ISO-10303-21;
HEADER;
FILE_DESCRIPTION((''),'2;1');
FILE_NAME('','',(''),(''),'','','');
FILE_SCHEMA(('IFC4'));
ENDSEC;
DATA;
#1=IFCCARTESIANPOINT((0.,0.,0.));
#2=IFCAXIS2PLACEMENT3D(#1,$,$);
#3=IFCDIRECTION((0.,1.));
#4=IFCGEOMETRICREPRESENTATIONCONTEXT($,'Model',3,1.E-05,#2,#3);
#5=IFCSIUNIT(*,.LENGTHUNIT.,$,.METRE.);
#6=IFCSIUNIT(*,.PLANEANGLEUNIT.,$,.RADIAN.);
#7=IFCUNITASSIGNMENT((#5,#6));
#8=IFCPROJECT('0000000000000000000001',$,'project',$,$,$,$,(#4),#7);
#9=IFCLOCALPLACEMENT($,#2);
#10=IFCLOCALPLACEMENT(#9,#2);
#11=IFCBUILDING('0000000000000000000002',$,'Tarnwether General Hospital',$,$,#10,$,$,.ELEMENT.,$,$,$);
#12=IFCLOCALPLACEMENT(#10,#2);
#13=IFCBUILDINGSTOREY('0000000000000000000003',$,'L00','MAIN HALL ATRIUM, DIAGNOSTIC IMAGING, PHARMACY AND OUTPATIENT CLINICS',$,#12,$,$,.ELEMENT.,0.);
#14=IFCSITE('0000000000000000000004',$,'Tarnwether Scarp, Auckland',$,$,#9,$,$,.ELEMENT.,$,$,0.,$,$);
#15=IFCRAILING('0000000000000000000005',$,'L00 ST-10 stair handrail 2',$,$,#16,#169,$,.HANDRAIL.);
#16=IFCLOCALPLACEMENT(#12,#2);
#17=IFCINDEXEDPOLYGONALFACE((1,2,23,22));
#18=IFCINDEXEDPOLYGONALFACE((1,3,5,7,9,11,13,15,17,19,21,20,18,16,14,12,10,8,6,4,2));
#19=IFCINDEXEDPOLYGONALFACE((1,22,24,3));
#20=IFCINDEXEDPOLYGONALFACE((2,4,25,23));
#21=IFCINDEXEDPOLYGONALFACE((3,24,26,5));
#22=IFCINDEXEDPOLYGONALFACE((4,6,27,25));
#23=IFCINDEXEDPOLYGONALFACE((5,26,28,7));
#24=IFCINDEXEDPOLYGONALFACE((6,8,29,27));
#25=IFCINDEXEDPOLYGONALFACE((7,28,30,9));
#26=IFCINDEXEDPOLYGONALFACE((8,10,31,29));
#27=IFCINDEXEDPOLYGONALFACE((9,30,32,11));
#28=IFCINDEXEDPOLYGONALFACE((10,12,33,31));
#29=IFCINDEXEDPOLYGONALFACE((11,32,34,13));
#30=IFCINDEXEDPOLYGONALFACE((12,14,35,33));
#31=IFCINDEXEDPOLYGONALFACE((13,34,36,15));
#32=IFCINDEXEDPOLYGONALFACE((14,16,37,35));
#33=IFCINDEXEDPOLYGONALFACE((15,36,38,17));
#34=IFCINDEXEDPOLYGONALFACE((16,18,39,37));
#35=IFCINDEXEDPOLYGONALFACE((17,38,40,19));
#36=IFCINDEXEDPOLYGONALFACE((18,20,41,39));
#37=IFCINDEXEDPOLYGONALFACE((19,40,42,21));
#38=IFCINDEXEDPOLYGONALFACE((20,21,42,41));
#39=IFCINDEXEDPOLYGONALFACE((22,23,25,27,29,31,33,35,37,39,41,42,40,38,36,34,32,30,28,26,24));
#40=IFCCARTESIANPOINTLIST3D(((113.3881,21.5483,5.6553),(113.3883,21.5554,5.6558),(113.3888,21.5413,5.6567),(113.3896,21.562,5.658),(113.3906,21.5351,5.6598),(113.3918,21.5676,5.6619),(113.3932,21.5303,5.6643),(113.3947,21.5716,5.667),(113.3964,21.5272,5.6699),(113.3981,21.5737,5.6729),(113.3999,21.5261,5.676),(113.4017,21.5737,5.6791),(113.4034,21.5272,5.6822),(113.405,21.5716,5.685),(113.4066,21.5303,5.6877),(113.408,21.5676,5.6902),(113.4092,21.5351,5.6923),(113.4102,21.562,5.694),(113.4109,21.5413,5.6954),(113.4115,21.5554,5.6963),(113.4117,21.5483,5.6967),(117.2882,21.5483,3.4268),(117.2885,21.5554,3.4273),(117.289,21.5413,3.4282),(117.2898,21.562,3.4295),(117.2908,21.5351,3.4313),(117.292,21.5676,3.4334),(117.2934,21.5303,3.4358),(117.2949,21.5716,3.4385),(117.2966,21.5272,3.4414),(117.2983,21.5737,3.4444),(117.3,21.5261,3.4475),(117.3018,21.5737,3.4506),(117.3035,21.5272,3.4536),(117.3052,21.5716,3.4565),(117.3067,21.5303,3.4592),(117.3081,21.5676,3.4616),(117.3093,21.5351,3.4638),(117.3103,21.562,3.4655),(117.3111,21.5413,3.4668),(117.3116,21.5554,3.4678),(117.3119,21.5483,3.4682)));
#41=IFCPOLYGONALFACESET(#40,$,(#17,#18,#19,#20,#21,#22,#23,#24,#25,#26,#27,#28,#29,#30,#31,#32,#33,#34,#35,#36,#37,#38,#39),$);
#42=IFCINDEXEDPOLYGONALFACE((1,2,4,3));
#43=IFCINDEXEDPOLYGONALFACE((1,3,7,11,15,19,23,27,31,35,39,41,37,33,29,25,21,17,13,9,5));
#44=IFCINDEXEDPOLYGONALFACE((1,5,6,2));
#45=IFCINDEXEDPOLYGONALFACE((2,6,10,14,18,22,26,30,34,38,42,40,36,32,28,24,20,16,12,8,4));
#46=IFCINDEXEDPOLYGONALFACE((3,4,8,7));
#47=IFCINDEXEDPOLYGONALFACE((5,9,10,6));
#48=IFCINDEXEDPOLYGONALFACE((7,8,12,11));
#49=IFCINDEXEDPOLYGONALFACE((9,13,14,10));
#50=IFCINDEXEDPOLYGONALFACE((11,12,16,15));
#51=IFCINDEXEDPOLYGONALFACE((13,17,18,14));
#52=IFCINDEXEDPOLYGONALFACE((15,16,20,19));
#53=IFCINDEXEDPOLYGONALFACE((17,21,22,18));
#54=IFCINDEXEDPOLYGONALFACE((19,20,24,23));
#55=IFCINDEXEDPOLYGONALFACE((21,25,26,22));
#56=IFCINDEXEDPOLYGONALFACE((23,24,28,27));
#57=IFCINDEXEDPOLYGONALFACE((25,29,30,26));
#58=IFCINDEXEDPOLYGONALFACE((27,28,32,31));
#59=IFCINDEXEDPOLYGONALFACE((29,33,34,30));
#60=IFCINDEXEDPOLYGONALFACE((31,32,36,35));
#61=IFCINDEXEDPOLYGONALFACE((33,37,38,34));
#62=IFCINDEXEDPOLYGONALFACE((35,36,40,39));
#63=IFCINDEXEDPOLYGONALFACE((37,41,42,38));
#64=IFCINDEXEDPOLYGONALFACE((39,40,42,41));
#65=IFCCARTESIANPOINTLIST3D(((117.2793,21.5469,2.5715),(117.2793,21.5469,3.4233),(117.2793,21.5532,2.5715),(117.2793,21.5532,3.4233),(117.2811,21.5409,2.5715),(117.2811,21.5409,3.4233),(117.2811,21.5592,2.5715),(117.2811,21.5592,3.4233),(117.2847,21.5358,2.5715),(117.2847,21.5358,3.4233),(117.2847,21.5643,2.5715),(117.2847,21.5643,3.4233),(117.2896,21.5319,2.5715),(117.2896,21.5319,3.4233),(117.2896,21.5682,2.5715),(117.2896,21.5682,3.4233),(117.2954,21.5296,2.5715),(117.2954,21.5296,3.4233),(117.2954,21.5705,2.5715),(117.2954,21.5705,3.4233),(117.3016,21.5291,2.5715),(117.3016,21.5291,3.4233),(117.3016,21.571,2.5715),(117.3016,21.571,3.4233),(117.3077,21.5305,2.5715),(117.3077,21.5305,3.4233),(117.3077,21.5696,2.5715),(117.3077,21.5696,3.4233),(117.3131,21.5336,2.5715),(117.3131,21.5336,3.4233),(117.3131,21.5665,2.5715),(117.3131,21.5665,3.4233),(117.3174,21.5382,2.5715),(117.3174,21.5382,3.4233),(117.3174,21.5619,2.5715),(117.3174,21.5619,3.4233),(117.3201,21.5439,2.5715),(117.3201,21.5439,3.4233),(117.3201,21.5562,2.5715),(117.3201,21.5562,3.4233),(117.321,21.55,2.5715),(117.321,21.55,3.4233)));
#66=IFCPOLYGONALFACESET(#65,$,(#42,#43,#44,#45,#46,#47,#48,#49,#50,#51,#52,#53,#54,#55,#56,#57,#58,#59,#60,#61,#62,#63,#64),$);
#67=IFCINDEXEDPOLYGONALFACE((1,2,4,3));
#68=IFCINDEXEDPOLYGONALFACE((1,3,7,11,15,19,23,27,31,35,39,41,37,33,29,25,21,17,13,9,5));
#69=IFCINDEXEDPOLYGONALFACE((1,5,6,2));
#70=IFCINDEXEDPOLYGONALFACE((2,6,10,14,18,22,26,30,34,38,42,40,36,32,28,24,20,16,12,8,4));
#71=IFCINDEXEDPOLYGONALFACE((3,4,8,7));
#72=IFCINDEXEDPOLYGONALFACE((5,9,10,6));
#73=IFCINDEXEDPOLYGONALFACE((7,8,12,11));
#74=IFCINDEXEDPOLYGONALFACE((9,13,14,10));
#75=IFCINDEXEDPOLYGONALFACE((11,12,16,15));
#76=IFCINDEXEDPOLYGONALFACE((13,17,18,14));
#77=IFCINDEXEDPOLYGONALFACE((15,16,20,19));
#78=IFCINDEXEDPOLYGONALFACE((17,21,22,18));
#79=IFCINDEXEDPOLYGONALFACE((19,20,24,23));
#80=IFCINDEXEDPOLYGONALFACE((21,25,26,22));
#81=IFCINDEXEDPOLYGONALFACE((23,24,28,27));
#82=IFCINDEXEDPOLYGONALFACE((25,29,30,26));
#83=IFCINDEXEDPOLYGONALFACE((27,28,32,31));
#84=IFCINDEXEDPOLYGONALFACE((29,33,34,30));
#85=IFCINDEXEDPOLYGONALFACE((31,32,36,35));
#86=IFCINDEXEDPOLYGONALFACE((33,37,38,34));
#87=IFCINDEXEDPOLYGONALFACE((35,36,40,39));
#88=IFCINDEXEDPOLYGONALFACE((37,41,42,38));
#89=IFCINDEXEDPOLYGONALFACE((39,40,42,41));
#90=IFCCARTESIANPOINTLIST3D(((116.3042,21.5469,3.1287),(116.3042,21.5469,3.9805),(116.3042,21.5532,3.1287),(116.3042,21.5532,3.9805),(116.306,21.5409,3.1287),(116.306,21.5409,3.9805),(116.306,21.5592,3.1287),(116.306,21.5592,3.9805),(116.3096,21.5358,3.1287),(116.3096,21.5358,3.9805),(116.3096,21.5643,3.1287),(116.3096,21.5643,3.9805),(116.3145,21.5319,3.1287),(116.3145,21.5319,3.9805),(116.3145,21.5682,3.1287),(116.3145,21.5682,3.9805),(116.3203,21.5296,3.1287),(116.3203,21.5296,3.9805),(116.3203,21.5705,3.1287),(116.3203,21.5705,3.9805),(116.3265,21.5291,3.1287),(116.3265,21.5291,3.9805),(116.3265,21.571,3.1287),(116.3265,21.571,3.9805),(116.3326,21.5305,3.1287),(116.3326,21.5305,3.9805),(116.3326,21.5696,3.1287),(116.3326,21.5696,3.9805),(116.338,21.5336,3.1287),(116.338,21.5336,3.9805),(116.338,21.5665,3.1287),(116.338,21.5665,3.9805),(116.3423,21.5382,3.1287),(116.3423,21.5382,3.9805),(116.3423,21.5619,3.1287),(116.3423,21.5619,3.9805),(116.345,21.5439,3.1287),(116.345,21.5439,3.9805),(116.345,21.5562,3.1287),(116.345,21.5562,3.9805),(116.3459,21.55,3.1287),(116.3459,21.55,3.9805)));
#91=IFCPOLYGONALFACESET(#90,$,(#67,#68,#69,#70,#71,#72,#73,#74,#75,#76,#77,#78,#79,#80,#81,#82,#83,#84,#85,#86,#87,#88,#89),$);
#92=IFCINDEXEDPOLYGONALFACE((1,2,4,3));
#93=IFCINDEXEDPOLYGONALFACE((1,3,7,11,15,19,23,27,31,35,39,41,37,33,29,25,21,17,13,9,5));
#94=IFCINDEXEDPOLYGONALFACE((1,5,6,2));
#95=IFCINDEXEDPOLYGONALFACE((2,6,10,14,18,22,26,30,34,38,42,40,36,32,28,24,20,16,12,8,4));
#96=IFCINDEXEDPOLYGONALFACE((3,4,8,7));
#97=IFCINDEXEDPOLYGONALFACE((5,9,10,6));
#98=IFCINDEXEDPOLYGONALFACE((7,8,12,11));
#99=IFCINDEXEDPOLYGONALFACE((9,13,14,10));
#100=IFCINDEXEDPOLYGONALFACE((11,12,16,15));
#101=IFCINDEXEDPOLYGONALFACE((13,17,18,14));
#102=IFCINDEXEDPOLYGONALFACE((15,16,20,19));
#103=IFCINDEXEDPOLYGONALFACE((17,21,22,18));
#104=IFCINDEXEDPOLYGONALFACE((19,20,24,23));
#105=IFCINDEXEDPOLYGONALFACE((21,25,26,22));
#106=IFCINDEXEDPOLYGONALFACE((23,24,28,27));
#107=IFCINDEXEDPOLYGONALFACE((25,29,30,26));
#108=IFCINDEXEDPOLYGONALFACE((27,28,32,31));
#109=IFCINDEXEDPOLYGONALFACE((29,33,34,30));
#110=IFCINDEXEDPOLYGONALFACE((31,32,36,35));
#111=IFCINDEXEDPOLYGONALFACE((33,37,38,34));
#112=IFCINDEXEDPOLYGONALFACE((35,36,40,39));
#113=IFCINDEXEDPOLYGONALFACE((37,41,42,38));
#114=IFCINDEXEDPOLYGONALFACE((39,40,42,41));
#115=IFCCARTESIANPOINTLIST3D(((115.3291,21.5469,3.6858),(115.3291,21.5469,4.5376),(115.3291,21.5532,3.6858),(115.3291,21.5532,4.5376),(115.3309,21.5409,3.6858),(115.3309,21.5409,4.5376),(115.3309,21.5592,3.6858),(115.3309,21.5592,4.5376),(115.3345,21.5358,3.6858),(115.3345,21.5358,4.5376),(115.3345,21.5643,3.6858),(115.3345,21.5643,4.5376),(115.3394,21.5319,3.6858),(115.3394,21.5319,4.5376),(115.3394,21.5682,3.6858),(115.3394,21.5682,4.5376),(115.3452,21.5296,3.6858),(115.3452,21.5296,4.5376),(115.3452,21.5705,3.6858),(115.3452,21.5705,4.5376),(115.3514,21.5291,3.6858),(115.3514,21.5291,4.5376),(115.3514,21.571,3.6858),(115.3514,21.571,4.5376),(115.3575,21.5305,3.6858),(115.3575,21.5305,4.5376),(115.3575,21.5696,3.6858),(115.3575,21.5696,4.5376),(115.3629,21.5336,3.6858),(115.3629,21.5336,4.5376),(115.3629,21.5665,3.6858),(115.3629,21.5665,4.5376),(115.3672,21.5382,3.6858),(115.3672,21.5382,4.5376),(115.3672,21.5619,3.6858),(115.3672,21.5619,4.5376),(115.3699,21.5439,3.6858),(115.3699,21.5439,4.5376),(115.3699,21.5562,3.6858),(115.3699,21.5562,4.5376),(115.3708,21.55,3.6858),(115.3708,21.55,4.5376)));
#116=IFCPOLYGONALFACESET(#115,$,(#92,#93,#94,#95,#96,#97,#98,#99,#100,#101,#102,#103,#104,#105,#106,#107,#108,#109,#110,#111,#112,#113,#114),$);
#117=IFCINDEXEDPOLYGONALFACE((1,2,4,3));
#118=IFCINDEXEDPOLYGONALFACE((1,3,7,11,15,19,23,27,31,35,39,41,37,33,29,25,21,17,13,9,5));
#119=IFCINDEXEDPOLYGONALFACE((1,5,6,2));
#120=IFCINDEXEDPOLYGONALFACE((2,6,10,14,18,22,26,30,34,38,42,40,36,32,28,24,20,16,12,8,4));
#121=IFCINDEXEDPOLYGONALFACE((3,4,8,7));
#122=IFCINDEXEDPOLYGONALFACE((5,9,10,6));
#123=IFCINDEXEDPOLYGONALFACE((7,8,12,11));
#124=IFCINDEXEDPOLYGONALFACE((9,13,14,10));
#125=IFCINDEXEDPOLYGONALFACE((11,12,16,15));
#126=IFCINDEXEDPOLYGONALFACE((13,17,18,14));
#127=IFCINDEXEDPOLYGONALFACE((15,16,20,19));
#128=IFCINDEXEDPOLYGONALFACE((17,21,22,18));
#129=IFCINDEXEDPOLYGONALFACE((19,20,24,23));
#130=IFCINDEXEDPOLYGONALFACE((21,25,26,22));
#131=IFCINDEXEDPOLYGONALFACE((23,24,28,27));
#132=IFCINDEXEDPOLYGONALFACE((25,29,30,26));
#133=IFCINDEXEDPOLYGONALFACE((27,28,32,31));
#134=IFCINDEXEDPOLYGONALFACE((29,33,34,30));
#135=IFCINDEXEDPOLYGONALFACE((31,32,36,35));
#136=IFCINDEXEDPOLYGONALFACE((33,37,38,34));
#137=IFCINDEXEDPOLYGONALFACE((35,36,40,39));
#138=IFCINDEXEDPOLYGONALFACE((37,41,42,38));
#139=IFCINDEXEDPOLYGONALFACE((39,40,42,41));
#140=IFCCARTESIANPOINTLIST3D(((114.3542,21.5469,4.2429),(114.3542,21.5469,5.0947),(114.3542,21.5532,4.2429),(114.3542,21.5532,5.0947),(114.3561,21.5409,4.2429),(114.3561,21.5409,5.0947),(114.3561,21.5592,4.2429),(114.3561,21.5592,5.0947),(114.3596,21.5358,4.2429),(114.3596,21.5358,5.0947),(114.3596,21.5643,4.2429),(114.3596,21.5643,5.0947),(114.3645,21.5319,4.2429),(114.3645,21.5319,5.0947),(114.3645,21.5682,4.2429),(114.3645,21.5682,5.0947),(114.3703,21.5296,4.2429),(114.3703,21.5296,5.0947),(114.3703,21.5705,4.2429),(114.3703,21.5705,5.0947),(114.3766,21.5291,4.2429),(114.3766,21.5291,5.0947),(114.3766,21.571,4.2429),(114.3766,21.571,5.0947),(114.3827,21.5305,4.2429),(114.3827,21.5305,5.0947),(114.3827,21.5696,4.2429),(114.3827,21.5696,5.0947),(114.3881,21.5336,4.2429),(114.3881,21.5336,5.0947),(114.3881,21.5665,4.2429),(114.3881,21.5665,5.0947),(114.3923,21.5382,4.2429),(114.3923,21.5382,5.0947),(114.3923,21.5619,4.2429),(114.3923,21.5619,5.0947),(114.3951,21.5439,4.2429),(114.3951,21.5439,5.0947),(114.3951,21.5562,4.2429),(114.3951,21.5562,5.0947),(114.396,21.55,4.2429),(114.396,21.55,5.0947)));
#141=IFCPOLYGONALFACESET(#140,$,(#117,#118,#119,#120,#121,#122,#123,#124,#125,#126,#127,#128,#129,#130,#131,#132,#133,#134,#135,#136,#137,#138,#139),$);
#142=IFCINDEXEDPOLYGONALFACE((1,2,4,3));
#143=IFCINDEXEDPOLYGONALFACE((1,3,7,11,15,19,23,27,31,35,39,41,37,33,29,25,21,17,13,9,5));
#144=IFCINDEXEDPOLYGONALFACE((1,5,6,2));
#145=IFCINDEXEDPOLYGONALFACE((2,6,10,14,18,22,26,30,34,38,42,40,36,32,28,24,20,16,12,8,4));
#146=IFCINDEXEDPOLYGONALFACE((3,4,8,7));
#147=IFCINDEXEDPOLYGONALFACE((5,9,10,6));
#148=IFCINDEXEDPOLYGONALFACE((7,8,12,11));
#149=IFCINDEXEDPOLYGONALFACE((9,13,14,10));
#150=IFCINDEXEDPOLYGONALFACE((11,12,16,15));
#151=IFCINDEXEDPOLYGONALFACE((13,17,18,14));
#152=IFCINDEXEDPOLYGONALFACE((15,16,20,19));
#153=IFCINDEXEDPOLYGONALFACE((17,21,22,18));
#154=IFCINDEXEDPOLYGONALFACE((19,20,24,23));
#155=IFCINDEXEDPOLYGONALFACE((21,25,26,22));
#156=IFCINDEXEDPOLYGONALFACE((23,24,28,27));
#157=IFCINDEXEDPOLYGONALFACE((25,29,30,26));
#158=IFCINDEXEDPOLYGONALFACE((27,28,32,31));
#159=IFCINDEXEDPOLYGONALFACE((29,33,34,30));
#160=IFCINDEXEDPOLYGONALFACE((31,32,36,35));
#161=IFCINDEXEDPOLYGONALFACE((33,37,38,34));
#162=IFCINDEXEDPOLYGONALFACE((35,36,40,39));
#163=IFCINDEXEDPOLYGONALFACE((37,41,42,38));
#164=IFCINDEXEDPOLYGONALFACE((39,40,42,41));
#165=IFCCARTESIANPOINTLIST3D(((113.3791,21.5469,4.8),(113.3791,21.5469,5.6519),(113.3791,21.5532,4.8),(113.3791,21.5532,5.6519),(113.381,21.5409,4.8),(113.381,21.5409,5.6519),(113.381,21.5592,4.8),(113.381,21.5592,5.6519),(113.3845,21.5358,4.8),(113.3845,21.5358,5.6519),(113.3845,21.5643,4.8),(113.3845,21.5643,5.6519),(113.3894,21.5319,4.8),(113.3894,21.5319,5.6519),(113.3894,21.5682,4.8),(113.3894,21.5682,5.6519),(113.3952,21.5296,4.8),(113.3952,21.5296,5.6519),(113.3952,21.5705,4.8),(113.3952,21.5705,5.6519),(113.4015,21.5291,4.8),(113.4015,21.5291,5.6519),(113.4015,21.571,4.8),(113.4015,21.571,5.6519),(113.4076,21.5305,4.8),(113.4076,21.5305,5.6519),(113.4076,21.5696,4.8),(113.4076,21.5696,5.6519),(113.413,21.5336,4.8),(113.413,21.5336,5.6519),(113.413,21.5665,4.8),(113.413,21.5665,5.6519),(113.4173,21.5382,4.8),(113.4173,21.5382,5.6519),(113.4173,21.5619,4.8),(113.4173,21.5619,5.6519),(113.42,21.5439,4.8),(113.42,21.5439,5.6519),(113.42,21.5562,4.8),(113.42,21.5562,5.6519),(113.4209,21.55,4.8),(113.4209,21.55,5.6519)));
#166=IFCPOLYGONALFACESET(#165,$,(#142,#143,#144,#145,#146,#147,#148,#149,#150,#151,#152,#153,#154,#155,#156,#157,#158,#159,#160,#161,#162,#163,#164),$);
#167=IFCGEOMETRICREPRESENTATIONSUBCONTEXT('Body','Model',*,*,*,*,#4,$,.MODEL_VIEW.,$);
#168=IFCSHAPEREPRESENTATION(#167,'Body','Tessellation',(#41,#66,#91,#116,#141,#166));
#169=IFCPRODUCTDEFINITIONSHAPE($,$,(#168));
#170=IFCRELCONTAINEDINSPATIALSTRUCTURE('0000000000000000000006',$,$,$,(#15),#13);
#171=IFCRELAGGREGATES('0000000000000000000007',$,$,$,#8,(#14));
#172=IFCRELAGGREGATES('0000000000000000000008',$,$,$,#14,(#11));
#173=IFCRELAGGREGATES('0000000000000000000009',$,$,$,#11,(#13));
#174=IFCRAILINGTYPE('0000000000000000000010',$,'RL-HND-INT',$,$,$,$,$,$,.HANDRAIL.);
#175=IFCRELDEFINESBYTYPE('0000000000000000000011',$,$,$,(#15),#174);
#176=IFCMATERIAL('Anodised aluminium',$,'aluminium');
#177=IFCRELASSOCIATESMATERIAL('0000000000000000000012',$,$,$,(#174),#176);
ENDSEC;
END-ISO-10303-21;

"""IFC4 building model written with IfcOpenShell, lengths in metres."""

from ifc_helpers import new_model, si_unit, direction, frame, origin, origin_2d, place, context, subcontext, project, spatial, circle, extrude, material, type_object, element, save


model = new_model("IFC4")

# Units and contexts
model_context = context("Model", 3, precision=1e-05, world=origin(), true_north=direction((0.0, 1.0)))
body_context = subcontext(model_context, "Body", "Model", "MODEL_VIEW")
ifc_project = project(units=[si_unit("LENGTHUNIT", "METRE"), si_unit("PLANEANGLEUNIT", "RADIAN")], contexts=[model_context])

# Site, building, storey
site_placement = place(None, origin())
site = spatial("IfcSite", under=ifc_project, at=site_placement, Name="Tarnwether Scarp, Auckland", CompositionType="ELEMENT", RefElevation=0.0)
building_placement = place(site_placement, origin())
building = spatial("IfcBuilding", under=site, at=building_placement, Name="Tarnwether General Hospital", CompositionType="ELEMENT")
storey_placement = place(building_placement, origin())
storey = spatial("IfcBuildingStorey", under=building, at=storey_placement, Name="L00", Description="MAIN HALL ATRIUM, DIAGNOSTIC IMAGING, PHARMACY AND OUTPATIENT CLINICS", CompositionType="ELEMENT", Elevation=0.0)

# Railing
ifc_material_1 = material(Name="Anodised aluminium", Category="aluminium")
railing_type_1 = type_object("IfcRailingType", Name="RL-HND-INT", PredefinedType="HANDRAIL", material=ifc_material_1)
railing_1_placement = place(storey_placement, frame((117.3, 21.55, 2.5715)))
element("IfcRailing", 1, at=railing_1_placement, inside=storey, type_object=railing_type_1, Name="L00 ST-10 stair handrail 2", PredefinedType="HANDRAIL", context=body_context, shape_type="SweptSolid", body=[
    extrude(circle(Radius=0.0239, at=origin_2d()), frame((0.0, 0.0, 0.876), z_axis=(-0.868257, 0.0, 0.496116), x_axis=(0.0, -1.0, 0.0)), (0.0, 0.0, 1.0), 4.4919),
    extrude(circle(Radius=0.021, at=origin_2d()), origin(), (0.0, 0.0, 1.0), 0.8518),
    extrude(circle(Radius=0.021, at=origin_2d()), frame((-0.9751, 0.0, 0.5571)), (0.0, 0.0, 1.0), 0.8518),
    extrude(circle(Radius=0.021, at=origin_2d()), frame((-1.9502, 0.0, 1.1143)), (0.0, 0.0, 1.0), 0.8518),
    extrude(circle(Radius=0.021, at=origin_2d()), frame((-2.925, 0.0, 1.6714)), (0.0, 0.0, 1.0), 0.8518),
    extrude(circle(Radius=0.021, at=origin_2d()), frame((-3.9001, 0.0, 2.2285)), (0.0, 0.0, 1.0), 0.8518),
])

save(model, "model.ifc")
